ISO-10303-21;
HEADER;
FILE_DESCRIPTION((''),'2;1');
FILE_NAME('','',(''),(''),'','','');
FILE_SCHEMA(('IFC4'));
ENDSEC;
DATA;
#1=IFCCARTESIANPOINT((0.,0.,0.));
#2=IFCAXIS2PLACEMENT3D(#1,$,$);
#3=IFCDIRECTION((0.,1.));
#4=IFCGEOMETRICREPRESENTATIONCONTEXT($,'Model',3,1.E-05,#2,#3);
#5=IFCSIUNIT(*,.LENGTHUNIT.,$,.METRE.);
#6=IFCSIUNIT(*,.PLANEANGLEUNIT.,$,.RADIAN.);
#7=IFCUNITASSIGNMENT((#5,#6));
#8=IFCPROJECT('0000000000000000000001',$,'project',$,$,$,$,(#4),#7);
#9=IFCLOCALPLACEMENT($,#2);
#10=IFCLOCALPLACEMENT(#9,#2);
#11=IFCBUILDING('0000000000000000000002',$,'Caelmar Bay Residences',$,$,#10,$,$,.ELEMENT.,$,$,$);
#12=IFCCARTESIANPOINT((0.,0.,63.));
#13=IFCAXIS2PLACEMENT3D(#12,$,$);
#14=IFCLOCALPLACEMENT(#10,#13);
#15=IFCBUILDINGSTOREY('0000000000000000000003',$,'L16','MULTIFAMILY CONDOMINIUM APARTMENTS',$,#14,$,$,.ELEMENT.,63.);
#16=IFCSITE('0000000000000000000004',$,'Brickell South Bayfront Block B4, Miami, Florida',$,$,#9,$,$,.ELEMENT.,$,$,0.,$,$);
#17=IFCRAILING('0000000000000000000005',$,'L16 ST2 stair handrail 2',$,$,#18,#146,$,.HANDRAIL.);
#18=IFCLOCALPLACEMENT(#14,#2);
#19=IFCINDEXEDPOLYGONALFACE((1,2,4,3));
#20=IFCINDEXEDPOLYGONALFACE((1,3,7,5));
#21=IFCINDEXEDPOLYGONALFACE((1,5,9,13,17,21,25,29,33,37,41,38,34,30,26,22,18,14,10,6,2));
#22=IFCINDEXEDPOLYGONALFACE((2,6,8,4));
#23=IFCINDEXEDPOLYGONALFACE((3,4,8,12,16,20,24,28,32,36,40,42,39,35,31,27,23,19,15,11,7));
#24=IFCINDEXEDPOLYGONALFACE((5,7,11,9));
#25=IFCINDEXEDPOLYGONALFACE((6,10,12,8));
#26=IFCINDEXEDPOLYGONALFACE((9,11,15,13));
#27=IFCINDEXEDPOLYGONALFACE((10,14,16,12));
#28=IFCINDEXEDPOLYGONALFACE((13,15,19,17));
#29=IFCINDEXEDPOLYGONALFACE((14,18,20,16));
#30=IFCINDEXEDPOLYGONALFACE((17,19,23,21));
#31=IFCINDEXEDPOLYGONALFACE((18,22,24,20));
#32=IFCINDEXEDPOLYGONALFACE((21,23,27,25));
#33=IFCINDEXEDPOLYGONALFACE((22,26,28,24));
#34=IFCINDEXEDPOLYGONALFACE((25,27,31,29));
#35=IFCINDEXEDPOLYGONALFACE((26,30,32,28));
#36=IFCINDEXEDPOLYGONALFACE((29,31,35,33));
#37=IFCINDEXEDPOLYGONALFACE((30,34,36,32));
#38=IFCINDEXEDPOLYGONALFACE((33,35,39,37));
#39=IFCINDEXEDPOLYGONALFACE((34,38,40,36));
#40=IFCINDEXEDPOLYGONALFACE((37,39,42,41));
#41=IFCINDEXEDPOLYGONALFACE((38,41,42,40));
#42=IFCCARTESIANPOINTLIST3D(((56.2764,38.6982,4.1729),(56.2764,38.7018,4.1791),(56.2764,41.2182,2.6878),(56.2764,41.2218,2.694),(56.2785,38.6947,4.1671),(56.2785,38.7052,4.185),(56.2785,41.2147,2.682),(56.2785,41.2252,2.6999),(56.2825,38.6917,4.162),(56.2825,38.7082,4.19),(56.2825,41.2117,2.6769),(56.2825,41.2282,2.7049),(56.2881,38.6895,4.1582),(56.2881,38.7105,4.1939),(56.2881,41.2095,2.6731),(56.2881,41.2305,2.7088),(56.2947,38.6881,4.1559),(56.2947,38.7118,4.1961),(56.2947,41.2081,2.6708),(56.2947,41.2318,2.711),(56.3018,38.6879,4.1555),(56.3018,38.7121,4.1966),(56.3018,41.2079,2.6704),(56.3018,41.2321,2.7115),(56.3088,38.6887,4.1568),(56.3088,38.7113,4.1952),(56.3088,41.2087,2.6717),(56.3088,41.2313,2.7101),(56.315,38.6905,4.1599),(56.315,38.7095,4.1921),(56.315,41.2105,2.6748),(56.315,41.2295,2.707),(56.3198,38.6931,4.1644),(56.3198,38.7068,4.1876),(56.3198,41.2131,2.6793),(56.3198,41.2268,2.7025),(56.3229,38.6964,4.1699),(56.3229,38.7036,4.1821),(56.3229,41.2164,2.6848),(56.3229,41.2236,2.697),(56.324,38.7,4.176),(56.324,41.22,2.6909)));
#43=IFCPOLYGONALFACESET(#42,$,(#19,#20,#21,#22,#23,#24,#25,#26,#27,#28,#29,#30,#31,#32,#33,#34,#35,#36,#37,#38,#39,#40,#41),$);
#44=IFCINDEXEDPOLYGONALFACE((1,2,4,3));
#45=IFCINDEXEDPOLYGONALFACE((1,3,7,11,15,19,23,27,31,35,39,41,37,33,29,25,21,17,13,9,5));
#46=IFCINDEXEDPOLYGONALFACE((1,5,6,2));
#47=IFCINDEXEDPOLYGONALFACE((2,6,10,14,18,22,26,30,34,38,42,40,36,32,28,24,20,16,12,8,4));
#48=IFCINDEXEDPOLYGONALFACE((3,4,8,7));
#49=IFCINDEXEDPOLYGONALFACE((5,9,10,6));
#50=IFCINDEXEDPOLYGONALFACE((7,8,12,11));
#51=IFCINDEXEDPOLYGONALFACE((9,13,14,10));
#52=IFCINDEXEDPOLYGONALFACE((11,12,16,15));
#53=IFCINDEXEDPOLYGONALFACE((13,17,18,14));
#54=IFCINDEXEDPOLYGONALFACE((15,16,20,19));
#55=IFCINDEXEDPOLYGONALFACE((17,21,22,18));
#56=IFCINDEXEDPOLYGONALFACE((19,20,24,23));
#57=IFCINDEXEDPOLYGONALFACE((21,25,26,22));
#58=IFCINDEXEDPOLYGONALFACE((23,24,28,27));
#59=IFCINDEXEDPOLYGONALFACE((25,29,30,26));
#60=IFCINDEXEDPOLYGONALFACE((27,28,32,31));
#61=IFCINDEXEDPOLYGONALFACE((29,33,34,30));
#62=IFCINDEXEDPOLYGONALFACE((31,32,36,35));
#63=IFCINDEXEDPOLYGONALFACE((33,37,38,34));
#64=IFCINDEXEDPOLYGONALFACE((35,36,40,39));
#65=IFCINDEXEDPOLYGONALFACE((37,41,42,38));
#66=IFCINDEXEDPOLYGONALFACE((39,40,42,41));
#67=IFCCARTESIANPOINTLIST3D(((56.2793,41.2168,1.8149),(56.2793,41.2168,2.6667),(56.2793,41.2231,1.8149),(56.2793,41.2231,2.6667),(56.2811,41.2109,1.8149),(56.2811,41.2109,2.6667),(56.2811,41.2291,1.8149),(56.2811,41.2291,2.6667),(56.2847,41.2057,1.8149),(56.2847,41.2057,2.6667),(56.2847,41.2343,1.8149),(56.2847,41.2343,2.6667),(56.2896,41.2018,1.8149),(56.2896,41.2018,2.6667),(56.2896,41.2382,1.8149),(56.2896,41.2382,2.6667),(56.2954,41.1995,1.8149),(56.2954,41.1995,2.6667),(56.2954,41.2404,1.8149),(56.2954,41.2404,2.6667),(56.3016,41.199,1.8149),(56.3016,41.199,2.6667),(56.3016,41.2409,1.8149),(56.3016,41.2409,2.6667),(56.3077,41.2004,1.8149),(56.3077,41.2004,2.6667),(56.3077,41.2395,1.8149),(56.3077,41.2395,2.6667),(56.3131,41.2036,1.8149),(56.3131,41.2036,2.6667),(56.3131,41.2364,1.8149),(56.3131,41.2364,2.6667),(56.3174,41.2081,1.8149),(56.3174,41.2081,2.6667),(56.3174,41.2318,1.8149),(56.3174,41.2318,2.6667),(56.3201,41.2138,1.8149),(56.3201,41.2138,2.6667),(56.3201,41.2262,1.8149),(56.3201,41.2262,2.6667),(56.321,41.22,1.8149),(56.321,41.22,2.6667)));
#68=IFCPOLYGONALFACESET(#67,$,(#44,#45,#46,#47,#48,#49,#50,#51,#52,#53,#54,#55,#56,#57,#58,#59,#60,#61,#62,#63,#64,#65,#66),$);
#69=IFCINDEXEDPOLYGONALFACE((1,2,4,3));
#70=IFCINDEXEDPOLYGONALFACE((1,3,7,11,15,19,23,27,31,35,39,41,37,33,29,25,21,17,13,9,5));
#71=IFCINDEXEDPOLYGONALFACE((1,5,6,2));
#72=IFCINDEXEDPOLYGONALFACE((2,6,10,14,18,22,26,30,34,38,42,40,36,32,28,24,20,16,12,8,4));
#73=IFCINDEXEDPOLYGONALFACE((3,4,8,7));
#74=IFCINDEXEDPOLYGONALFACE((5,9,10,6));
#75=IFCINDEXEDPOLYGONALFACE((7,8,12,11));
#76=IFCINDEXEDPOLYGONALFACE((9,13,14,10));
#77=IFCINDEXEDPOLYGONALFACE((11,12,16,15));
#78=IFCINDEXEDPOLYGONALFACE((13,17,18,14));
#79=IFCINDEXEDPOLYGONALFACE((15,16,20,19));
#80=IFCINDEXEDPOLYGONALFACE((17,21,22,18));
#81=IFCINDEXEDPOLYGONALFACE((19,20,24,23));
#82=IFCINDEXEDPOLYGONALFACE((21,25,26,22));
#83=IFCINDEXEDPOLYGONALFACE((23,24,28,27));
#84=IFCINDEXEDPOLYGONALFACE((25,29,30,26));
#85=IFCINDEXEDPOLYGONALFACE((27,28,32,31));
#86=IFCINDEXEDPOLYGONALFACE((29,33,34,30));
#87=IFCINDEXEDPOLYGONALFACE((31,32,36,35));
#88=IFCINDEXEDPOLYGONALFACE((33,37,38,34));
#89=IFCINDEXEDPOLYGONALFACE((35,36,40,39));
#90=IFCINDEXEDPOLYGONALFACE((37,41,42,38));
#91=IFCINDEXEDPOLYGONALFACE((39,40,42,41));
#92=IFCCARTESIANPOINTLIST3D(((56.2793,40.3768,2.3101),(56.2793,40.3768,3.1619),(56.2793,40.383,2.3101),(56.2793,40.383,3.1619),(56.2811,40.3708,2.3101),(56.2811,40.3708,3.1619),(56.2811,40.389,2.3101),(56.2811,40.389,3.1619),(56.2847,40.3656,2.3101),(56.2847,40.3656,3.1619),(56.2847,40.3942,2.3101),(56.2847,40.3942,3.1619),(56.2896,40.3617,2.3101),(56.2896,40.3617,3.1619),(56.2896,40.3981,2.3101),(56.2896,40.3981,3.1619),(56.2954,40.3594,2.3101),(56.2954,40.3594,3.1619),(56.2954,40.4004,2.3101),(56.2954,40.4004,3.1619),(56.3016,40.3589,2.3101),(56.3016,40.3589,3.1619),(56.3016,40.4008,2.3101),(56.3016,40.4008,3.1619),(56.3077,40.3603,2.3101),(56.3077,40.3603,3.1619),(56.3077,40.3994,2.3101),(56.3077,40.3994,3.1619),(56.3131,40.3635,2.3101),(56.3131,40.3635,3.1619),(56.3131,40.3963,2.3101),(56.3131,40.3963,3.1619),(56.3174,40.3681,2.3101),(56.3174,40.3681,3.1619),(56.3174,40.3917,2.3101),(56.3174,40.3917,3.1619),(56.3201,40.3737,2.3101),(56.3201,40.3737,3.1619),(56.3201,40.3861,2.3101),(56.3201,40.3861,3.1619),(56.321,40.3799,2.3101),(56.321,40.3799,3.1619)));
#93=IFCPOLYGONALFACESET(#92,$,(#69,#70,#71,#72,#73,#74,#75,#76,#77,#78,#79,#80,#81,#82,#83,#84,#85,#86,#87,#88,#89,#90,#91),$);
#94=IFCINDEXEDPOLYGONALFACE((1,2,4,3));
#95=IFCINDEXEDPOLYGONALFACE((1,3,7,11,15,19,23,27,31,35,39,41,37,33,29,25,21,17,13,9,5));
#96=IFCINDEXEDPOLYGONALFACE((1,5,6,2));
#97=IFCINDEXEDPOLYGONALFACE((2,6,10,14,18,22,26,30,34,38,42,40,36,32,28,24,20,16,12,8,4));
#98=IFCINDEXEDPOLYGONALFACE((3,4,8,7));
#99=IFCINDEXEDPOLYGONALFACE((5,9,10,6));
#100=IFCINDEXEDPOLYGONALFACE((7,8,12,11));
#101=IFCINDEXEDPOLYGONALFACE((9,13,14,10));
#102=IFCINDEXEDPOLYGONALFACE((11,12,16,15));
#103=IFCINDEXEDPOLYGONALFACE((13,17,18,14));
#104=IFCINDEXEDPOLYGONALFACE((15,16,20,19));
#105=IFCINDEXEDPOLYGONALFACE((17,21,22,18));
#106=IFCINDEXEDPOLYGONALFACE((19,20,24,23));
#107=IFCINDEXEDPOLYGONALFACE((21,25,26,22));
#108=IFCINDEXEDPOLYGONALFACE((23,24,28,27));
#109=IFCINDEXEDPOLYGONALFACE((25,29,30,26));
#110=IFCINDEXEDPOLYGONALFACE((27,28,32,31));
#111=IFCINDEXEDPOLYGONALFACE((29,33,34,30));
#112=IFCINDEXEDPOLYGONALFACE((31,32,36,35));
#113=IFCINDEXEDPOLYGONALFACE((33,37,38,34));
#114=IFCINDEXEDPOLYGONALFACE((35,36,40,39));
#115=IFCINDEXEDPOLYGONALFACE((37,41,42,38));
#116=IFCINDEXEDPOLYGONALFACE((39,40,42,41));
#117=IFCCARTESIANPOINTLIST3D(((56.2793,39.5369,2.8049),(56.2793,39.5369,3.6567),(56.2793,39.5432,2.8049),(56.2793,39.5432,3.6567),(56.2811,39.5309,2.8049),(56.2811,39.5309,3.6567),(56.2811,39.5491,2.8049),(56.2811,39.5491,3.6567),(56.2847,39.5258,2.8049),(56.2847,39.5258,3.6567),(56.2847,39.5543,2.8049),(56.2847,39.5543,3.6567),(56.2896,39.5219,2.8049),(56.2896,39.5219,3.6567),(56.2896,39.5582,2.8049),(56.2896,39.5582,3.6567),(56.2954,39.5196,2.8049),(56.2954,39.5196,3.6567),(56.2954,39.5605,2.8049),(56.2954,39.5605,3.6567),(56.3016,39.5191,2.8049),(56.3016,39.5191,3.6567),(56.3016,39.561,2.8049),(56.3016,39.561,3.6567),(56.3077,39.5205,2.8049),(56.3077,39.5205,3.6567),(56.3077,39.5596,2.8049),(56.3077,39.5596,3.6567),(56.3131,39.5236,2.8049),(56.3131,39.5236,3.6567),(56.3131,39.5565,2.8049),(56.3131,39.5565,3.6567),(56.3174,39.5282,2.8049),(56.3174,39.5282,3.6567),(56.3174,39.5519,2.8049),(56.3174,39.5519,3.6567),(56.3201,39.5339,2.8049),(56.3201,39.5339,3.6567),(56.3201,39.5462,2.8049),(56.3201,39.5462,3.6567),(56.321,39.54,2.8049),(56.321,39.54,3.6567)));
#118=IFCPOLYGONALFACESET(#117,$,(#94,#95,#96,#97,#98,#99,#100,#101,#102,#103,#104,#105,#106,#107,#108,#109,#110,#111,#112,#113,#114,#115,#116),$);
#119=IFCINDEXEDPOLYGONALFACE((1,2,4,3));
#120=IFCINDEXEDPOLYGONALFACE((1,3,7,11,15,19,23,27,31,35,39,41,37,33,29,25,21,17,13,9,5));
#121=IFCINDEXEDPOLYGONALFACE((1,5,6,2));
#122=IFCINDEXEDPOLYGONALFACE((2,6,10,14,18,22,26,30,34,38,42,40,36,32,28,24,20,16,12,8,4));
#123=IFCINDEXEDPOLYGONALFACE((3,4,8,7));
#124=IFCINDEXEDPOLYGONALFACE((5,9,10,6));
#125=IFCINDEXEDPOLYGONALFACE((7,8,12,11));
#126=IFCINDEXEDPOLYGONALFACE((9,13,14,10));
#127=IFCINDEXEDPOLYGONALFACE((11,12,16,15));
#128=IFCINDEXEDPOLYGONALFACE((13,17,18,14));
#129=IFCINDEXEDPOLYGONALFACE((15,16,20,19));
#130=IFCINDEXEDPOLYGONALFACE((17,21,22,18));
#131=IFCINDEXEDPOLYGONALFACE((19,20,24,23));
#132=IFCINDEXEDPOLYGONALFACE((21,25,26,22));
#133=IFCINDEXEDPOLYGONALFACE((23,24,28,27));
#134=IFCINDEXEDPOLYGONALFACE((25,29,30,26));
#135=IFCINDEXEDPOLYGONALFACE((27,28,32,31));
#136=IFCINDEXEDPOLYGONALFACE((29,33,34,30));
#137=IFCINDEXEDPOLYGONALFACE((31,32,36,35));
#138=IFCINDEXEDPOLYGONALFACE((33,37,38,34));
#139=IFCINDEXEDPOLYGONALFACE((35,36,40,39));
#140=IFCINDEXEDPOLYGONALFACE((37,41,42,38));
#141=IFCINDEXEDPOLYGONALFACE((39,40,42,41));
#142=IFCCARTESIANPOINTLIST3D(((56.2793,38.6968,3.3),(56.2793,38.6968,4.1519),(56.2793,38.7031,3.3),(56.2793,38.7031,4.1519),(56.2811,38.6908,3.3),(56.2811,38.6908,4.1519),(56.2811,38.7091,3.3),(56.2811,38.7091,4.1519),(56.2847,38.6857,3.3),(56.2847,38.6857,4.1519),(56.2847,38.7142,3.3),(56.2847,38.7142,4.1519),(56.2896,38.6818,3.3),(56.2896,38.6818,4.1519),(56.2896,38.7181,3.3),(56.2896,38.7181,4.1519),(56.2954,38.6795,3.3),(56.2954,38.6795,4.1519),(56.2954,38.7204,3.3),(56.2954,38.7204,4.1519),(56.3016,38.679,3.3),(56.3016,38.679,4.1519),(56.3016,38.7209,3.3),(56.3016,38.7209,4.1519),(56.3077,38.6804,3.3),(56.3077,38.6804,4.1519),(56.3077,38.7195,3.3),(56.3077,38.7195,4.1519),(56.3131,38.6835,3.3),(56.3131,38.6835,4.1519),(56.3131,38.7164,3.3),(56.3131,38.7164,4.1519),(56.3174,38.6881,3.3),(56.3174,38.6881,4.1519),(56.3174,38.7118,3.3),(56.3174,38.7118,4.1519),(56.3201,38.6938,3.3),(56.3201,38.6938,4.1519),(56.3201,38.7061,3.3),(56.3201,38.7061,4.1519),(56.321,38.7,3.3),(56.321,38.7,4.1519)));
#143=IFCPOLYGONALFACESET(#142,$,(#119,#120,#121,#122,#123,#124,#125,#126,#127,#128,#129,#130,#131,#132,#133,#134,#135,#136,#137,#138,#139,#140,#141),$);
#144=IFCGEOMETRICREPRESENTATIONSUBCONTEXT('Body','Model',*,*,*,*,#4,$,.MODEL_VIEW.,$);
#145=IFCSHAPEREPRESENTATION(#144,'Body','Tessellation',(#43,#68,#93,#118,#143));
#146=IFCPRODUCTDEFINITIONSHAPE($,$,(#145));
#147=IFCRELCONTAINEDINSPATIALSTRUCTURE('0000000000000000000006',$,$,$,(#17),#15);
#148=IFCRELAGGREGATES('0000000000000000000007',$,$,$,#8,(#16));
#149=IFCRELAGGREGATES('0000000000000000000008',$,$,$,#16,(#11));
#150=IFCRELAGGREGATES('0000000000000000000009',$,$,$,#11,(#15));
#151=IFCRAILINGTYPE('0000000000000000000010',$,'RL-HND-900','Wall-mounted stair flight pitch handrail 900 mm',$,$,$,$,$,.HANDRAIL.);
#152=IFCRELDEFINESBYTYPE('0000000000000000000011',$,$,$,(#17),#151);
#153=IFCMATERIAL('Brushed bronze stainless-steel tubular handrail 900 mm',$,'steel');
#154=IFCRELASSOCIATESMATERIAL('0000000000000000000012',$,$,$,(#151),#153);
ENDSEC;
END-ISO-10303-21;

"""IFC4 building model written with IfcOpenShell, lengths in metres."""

from ifc_helpers import new_model, si_unit, direction, frame, origin, origin_2d, place, context, subcontext, project, spatial, circle, extrude, material, type_object, element, save


model = new_model("IFC4")

# Units and contexts
model_context = context("Model", 3, precision=1e-05, world=origin(), true_north=direction((0.0, 1.0)))
body_context = subcontext(model_context, "Body", "Model", "MODEL_VIEW")
ifc_project = project(units=[si_unit("LENGTHUNIT", "METRE"), si_unit("PLANEANGLEUNIT", "RADIAN")], contexts=[model_context])

# Site, building, storey
site_placement = place(None, origin())
site = spatial("IfcSite", under=ifc_project, at=site_placement, Name="Brickell South Bayfront Block B4, Miami, Florida", CompositionType="ELEMENT", RefElevation=0.0)
building_placement = place(site_placement, origin())
building = spatial("IfcBuilding", under=site, at=building_placement, Name="Caelmar Bay Residences", CompositionType="ELEMENT")
storey_placement = place(building_placement, frame((0.0, 0.0, 63.0)))
storey = spatial("IfcBuildingStorey", under=building, at=storey_placement, Name="L16", Description="MULTIFAMILY CONDOMINIUM APARTMENTS", CompositionType="ELEMENT", Elevation=63.0)

# Railing
ifc_material_1 = material(Name="Brushed bronze stainless-steel tubular handrail 900 mm", Category="steel")
railing_type_1 = type_object("IfcRailingType", Name="RL-HND-900", Description="Wall-mounted stair flight pitch handrail 900 mm", PredefinedType="HANDRAIL", material=ifc_material_1)
railing_1_placement = place(storey_placement, frame((56.3, 41.22, 1.8149)))
element("IfcRailing", 1, at=railing_1_placement, inside=storey, type_object=railing_type_1, Name="L16 ST2 stair handrail 2", PredefinedType="HANDRAIL", context=body_context, shape_type="SweptSolid", body=[
    extrude(circle(Radius=0.0239, at=origin_2d()), frame((0.0, 0.0, 0.876), z_axis=(0.0, -0.861524, 0.507717), x_axis=(1.0, 0.0, 0.0)), (0.0, 0.0, 1.0), 2.925),
    extrude(circle(Radius=0.021, at=origin_2d()), origin(), (0.0, 0.0, 1.0), 0.8518),
    extrude(circle(Radius=0.021, at=origin_2d()), frame((0.0, -0.8401, 0.4951)), (0.0, 0.0, 1.0), 0.8518),
    extrude(circle(Radius=0.021, at=origin_2d()), frame((0.0, -1.6799, 0.99)), (0.0, 0.0, 1.0), 0.8518),
    extrude(circle(Radius=0.021, at=origin_2d()), frame((0.0, -2.52, 1.4851)), (0.0, 0.0, 1.0), 0.8518),
])

save(model, "model.ifc")
